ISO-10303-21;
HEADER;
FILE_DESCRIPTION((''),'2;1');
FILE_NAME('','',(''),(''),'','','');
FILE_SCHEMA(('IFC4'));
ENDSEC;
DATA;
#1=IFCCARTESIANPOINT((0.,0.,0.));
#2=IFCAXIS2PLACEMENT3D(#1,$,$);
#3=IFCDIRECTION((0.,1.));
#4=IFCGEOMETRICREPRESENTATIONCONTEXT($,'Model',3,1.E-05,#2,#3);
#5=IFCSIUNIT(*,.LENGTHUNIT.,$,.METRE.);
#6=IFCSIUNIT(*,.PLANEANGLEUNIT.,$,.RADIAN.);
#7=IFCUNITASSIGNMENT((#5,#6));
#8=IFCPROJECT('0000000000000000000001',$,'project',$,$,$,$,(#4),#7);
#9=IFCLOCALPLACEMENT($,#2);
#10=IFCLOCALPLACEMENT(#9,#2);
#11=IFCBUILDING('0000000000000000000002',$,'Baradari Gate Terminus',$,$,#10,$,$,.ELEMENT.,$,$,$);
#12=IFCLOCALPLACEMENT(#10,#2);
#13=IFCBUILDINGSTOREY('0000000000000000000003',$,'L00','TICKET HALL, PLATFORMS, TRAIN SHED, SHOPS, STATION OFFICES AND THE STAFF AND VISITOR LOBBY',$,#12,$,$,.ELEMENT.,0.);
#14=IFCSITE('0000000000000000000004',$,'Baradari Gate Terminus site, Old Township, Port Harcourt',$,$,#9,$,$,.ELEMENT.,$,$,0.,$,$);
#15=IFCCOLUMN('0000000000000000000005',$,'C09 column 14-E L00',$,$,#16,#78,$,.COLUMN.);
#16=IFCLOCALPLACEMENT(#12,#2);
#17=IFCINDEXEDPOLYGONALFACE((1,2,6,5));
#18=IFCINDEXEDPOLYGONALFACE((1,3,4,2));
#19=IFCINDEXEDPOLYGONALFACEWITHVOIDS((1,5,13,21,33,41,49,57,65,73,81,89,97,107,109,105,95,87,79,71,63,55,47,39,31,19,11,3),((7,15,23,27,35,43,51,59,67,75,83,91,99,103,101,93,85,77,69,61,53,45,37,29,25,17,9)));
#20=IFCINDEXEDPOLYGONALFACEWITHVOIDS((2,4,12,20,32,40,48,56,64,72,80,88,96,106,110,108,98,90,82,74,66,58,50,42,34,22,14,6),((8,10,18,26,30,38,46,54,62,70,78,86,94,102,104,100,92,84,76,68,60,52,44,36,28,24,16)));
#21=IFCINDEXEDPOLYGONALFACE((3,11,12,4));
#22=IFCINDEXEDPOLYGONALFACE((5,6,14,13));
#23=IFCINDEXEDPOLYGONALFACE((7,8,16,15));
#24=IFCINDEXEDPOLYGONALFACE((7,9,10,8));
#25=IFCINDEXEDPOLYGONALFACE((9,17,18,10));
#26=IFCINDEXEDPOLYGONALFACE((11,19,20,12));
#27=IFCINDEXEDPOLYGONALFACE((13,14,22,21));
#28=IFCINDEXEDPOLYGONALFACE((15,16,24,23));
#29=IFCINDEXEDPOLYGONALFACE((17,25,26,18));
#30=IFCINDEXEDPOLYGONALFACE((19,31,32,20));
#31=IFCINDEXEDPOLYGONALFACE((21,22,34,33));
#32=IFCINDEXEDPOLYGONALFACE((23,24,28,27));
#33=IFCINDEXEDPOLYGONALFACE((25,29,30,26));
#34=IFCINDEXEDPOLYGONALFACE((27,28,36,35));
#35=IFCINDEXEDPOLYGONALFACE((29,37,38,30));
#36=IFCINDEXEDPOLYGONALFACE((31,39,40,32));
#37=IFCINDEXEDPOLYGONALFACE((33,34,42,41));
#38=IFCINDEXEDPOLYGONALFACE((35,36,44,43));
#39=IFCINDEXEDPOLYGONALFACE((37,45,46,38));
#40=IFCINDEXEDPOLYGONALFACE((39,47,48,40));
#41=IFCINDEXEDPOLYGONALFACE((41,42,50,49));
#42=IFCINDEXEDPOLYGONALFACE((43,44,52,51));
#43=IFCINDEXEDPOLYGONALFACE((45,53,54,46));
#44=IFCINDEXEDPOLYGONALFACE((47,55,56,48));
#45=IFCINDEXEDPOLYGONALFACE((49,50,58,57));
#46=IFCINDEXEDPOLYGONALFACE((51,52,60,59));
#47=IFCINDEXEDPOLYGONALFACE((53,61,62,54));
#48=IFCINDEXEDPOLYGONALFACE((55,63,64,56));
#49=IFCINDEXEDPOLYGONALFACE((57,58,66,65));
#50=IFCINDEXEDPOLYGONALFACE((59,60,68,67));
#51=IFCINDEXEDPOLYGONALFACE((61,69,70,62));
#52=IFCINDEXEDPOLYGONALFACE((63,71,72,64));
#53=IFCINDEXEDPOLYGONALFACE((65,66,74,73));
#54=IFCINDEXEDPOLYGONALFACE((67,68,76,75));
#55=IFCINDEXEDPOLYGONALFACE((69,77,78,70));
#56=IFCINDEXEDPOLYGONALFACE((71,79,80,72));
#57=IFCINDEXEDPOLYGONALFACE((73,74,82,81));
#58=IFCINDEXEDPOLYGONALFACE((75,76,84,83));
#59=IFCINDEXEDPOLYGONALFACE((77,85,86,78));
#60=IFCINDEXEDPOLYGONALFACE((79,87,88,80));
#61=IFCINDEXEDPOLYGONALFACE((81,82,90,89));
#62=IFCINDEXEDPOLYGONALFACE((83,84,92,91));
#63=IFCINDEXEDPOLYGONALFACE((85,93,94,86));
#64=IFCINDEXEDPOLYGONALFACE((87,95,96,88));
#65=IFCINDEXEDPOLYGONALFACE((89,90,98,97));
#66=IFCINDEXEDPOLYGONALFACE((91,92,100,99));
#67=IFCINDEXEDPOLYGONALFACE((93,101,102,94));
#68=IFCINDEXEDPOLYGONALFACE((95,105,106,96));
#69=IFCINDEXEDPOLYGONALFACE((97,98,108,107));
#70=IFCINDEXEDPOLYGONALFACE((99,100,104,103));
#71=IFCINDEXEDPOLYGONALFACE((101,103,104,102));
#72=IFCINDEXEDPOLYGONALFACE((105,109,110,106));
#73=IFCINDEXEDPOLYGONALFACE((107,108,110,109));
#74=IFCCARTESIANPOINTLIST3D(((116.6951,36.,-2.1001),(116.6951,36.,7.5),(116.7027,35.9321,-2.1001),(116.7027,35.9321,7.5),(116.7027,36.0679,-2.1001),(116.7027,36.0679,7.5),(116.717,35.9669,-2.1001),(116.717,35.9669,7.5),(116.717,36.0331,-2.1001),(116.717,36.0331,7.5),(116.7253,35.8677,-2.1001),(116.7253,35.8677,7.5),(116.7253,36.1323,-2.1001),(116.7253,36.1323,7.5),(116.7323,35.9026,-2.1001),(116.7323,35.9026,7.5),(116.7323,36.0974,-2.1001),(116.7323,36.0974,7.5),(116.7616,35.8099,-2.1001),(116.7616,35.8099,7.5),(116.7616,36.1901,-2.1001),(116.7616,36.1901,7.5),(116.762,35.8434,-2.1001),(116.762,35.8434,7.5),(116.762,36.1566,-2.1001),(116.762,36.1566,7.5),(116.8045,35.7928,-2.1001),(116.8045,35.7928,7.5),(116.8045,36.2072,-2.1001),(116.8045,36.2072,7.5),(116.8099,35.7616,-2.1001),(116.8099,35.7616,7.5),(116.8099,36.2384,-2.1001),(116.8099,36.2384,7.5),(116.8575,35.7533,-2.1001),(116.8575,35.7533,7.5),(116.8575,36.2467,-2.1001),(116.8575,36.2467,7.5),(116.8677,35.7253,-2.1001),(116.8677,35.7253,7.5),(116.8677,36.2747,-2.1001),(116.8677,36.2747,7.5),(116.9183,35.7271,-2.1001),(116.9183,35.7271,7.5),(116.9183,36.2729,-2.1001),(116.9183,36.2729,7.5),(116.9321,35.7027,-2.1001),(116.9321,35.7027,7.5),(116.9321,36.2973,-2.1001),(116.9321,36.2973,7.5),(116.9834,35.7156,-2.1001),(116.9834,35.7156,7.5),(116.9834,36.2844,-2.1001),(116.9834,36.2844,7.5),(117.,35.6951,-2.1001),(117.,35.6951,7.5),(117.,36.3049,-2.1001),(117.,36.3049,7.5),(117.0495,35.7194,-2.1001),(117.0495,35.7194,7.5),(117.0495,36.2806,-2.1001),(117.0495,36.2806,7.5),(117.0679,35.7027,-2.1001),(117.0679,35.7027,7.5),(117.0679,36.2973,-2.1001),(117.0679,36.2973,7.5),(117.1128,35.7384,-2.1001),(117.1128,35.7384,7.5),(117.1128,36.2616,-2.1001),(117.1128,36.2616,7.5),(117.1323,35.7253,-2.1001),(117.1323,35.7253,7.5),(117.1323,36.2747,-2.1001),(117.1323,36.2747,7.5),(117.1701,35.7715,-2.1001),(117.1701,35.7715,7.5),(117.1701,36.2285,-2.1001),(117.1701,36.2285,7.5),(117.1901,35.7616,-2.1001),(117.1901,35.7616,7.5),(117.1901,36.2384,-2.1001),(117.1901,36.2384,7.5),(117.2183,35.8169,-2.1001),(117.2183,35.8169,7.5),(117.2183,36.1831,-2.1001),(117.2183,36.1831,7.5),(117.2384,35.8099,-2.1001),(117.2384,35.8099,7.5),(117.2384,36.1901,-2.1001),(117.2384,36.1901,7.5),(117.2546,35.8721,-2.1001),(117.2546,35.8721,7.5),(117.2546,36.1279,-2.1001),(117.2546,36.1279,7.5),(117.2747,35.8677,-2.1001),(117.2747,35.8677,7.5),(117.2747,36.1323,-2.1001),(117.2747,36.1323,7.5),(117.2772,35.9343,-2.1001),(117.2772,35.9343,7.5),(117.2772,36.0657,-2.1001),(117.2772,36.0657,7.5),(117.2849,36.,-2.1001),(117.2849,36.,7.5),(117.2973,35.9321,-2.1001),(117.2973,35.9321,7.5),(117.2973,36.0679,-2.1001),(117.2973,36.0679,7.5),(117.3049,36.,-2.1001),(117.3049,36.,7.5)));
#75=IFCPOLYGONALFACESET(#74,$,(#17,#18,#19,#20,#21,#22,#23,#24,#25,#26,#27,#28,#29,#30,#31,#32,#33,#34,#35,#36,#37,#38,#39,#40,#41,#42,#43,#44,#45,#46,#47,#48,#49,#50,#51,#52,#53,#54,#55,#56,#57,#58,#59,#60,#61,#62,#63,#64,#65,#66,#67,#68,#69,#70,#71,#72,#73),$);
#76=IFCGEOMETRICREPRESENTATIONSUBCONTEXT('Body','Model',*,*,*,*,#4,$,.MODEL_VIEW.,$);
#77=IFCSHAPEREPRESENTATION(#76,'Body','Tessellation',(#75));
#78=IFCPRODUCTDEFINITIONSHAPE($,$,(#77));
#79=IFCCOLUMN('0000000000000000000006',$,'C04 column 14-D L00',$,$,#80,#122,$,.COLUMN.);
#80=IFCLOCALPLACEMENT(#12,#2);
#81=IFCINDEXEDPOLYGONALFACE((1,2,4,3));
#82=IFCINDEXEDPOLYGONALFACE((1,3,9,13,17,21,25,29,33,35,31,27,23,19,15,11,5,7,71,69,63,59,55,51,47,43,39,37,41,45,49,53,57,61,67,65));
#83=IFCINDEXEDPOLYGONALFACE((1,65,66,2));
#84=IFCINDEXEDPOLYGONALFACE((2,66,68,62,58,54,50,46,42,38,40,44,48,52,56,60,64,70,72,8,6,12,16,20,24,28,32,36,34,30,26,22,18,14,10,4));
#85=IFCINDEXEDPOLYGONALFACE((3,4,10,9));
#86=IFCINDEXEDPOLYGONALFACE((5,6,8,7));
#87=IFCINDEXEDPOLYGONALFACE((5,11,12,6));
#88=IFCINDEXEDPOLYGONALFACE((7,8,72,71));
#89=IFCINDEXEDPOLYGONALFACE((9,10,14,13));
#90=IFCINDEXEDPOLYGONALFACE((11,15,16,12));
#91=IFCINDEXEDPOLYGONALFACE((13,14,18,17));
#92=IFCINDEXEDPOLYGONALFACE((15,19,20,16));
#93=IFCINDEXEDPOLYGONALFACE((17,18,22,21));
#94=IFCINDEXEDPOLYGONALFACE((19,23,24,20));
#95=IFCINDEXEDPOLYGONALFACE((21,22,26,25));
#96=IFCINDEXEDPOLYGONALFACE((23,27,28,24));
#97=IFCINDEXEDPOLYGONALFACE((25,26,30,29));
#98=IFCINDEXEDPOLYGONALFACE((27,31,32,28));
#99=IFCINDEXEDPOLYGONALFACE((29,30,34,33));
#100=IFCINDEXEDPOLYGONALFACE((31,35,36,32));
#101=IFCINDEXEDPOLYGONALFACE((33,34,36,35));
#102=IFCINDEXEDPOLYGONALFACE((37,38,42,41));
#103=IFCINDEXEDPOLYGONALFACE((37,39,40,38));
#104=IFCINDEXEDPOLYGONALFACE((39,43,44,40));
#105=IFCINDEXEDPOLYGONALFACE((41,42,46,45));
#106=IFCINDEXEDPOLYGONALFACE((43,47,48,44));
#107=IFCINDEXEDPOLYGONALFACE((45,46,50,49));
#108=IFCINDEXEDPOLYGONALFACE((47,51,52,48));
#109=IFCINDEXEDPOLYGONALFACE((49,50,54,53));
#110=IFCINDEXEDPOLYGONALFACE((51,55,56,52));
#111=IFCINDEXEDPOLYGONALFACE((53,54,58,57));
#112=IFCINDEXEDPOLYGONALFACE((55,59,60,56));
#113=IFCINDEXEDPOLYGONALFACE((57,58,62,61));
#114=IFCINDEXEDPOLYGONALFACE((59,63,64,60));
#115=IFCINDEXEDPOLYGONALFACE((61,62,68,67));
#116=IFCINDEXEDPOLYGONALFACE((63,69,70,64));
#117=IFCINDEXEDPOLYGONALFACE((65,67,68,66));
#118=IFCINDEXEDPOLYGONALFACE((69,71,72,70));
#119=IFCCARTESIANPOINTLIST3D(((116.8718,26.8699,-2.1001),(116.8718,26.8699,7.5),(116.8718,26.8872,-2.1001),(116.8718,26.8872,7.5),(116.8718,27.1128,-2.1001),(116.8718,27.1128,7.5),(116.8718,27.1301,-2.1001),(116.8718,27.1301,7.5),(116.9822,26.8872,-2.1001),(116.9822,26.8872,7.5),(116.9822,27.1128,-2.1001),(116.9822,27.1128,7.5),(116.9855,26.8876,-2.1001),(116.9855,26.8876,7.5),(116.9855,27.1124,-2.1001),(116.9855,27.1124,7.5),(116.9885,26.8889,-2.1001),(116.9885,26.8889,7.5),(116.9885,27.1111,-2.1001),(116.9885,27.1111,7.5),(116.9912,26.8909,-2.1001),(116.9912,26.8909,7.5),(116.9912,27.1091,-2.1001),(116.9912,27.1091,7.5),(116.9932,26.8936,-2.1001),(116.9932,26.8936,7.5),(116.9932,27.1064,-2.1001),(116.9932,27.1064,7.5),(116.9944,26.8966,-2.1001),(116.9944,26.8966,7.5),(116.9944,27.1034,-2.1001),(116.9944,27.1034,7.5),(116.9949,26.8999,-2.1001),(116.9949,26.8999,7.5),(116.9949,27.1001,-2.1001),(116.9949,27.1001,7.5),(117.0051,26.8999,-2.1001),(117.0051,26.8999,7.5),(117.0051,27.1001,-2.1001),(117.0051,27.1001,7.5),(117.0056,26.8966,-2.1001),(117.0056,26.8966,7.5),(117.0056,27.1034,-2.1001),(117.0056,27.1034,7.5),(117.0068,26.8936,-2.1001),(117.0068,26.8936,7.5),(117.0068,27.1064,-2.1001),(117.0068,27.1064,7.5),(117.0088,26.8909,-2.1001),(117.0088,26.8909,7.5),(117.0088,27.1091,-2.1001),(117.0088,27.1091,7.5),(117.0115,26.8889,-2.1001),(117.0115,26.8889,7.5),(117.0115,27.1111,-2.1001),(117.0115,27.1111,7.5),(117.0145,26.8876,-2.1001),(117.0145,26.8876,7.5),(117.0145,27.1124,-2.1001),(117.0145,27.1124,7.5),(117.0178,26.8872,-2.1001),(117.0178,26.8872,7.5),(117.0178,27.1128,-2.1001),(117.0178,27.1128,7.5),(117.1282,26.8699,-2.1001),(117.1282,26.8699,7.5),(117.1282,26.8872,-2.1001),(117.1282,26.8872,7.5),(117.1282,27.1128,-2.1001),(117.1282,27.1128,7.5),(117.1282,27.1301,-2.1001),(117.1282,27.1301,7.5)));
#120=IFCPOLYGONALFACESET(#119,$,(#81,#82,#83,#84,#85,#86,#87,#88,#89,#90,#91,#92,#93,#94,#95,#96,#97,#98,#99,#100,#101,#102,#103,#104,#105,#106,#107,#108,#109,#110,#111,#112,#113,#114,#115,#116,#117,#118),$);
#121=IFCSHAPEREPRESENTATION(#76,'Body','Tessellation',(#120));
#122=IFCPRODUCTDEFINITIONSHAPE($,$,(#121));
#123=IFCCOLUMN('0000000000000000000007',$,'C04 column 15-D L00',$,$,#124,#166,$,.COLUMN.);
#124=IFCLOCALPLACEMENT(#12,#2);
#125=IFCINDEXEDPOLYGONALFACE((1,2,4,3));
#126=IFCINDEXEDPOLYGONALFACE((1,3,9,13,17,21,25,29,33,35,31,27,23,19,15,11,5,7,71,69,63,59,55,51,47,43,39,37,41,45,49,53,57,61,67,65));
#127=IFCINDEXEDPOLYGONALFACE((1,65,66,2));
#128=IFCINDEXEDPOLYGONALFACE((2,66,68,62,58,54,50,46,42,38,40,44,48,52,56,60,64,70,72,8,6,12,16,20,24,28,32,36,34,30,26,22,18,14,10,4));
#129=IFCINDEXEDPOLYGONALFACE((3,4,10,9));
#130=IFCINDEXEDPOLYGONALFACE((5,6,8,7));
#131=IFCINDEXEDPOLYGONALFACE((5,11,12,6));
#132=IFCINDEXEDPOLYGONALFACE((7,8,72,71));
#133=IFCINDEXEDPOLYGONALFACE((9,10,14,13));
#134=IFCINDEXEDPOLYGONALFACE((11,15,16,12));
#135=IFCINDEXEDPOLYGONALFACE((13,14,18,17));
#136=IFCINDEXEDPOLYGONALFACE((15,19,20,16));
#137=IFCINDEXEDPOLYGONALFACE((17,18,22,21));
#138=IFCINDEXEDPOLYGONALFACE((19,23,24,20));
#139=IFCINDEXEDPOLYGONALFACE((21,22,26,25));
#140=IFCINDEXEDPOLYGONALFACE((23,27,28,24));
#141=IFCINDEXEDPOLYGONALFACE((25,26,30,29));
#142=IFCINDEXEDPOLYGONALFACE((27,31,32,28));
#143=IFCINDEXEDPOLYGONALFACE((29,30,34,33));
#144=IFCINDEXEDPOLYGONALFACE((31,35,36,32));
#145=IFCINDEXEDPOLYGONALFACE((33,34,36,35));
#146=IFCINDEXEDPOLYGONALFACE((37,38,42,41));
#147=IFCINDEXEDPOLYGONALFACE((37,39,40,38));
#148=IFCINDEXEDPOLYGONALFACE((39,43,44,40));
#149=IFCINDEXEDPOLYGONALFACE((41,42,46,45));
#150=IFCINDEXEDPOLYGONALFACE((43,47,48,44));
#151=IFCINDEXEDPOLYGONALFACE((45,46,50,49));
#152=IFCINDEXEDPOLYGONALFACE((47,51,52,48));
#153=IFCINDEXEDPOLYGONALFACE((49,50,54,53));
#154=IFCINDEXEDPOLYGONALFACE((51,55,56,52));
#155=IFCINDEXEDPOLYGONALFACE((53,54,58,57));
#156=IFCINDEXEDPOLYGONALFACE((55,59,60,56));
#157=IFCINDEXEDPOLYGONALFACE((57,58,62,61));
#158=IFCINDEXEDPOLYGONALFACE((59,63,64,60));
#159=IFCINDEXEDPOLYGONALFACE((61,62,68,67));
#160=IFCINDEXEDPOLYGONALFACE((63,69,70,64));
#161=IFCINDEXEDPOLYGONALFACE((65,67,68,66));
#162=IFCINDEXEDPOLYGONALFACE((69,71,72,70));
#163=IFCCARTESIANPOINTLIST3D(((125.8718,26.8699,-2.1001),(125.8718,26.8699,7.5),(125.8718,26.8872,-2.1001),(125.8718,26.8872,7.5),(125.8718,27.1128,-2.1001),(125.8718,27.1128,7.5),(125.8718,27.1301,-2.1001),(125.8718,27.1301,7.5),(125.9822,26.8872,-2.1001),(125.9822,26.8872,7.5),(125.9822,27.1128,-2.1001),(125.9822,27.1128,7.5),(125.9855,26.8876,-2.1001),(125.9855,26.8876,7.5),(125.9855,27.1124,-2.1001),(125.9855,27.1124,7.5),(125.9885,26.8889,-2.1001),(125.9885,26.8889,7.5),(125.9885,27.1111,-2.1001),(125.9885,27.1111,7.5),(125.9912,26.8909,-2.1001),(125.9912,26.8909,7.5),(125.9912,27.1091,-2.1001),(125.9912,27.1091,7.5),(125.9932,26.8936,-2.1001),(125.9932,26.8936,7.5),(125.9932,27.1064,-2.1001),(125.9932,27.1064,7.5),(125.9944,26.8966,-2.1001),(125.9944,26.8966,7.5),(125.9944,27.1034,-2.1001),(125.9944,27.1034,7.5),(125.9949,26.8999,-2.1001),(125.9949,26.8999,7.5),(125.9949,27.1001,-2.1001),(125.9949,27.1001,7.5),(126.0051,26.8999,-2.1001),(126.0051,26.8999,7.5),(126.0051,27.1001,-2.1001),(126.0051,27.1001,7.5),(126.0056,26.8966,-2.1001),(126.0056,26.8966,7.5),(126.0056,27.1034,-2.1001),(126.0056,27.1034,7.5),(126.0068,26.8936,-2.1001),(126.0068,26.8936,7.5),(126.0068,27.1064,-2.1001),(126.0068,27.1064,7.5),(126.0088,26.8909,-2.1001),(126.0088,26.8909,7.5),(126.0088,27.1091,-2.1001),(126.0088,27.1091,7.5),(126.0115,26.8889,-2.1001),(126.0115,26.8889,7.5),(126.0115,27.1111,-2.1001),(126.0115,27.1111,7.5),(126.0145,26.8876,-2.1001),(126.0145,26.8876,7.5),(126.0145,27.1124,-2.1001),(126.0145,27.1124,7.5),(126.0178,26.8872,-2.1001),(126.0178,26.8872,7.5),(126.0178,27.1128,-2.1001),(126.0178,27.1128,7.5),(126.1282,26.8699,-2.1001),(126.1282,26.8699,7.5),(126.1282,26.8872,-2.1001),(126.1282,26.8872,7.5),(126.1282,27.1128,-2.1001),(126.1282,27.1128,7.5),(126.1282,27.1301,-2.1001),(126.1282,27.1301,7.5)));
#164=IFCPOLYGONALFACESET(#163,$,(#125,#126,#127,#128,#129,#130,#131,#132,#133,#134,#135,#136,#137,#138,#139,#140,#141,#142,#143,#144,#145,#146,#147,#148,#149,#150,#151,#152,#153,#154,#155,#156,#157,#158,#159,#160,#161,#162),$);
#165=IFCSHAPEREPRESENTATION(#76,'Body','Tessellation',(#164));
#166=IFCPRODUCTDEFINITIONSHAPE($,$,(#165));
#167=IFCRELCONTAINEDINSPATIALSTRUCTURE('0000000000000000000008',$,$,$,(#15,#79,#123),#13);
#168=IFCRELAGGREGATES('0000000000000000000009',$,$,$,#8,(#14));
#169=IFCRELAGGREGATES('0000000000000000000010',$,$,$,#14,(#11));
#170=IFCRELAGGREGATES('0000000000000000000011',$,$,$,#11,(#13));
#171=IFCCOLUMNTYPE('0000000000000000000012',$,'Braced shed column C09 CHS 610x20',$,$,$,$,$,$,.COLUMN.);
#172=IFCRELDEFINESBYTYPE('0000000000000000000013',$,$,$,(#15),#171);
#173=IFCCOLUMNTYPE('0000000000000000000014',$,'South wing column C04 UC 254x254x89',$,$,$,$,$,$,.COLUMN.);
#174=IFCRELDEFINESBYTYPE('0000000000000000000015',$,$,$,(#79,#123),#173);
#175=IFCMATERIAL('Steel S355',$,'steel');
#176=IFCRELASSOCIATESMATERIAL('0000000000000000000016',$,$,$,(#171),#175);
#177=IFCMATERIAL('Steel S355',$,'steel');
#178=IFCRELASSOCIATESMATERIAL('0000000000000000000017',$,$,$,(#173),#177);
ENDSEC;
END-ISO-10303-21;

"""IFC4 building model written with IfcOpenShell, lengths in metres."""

from ifc_helpers import new_model, si_unit, direction, frame, origin, origin_2d, place, context, subcontext, project, spatial, hollow_circle, i_section, extrude, material, material_profile, profile_set, type_object, element, save


model = new_model("IFC4")

# Units and contexts
model_context = context("Model", 3, precision=1e-05, world=origin(), true_north=direction((0.0, 1.0)))
body_context = subcontext(model_context, "Body", "Model", "MODEL_VIEW")
ifc_project = project(units=[si_unit("LENGTHUNIT", "METRE"), si_unit("PLANEANGLEUNIT", "RADIAN")], contexts=[model_context])

# Site, building, storey
site_placement = place(None, origin())
site = spatial("IfcSite", under=ifc_project, at=site_placement, Name="Baradari Gate Terminus site, Old Township, Port Harcourt", CompositionType="ELEMENT", RefElevation=0.0)
building_placement = place(site_placement, origin())
building = spatial("IfcBuilding", under=site, at=building_placement, Name="Baradari Gate Terminus", CompositionType="ELEMENT")
storey_placement = place(building_placement, origin())
storey = spatial("IfcBuildingStorey", under=building, at=storey_placement, Name="L00", Description="TICKET HALL, PLATFORMS, TRAIN SHED, SHOPS, STATION OFFICES AND THE STAFF AND VISITOR LOBBY", CompositionType="ELEMENT", Elevation=0.0)

# Columns
ifc_material_1 = material(Name="Steel S355", Category="steel")
ifc_material_profile_1 = material_profile(ifc_material_1, hollow_circle(Radius=0.3049, WallThickness=0.02, at=origin_2d()), Name="CHS 610x20")
ifc_profile_set_1 = profile_set([ifc_material_profile_1], Name="Steel S355")
column_type_1 = type_object("IfcColumnType", Name="Braced shed column C09 CHS 610x20", PredefinedType="COLUMN", material=ifc_profile_set_1)
for number, where, z_axis, x_axis, name in (
    (1, (117.0, 36.0, -2.1001), (0.0, 0.0, 1.0), (1.0, 0.0, 0.0), "C09 column 14-E L00"),
):
    element("IfcColumn", number, at=place(storey_placement, frame(where, z_axis=z_axis, x_axis=x_axis)), inside=storey, type_object=column_type_1, Name=name, PredefinedType="COLUMN", context=body_context, shape_type="SweptSolid", body=[
        extrude(hollow_circle(Radius=0.3049, WallThickness=0.02, at=origin_2d()), origin(), (0.0, 0.0, 1.0), 9.6001),
    ])
ifc_material_2 = material(Name="Steel S355", Category="steel")
ifc_material_profile_2 = material_profile(ifc_material_2, i_section(OverallWidth=0.2563, OverallDepth=0.2603, WebThickness=0.0103, FlangeThickness=0.0173, FilletRadius=0.0127, at=origin_2d()), Name="UC 254x254x89")
ifc_profile_set_2 = profile_set([ifc_material_profile_2], Name="Steel S355")
column_type_2 = type_object("IfcColumnType", Name="South wing column C04 UC 254x254x89", PredefinedType="COLUMN", material=ifc_profile_set_2)
for number, where, z_axis, x_axis, name in (
    (2, (117.0, 27.0, -2.1001), (0.0, 0.0, 1.0), (1.0, 0.0, 0.0), "C04 column 14-D L00"),
    (3, (126.0, 27.0, -2.1001), (0.0, 0.0, 1.0), (1.0, 0.0, 0.0), "C04 column 15-D L00"),
):
    element("IfcColumn", number, at=place(storey_placement, frame(where, z_axis=z_axis, x_axis=x_axis)), inside=storey, type_object=column_type_2, Name=name, PredefinedType="COLUMN", context=body_context, shape_type="SweptSolid", body=[
        extrude(i_section(OverallWidth=0.2563, OverallDepth=0.2603, WebThickness=0.0103, FlangeThickness=0.0173, FilletRadius=0.0127, at=origin_2d()), origin(), (0.0, 0.0, 1.0), 9.6001),
    ])

save(model, "model.ifc")
